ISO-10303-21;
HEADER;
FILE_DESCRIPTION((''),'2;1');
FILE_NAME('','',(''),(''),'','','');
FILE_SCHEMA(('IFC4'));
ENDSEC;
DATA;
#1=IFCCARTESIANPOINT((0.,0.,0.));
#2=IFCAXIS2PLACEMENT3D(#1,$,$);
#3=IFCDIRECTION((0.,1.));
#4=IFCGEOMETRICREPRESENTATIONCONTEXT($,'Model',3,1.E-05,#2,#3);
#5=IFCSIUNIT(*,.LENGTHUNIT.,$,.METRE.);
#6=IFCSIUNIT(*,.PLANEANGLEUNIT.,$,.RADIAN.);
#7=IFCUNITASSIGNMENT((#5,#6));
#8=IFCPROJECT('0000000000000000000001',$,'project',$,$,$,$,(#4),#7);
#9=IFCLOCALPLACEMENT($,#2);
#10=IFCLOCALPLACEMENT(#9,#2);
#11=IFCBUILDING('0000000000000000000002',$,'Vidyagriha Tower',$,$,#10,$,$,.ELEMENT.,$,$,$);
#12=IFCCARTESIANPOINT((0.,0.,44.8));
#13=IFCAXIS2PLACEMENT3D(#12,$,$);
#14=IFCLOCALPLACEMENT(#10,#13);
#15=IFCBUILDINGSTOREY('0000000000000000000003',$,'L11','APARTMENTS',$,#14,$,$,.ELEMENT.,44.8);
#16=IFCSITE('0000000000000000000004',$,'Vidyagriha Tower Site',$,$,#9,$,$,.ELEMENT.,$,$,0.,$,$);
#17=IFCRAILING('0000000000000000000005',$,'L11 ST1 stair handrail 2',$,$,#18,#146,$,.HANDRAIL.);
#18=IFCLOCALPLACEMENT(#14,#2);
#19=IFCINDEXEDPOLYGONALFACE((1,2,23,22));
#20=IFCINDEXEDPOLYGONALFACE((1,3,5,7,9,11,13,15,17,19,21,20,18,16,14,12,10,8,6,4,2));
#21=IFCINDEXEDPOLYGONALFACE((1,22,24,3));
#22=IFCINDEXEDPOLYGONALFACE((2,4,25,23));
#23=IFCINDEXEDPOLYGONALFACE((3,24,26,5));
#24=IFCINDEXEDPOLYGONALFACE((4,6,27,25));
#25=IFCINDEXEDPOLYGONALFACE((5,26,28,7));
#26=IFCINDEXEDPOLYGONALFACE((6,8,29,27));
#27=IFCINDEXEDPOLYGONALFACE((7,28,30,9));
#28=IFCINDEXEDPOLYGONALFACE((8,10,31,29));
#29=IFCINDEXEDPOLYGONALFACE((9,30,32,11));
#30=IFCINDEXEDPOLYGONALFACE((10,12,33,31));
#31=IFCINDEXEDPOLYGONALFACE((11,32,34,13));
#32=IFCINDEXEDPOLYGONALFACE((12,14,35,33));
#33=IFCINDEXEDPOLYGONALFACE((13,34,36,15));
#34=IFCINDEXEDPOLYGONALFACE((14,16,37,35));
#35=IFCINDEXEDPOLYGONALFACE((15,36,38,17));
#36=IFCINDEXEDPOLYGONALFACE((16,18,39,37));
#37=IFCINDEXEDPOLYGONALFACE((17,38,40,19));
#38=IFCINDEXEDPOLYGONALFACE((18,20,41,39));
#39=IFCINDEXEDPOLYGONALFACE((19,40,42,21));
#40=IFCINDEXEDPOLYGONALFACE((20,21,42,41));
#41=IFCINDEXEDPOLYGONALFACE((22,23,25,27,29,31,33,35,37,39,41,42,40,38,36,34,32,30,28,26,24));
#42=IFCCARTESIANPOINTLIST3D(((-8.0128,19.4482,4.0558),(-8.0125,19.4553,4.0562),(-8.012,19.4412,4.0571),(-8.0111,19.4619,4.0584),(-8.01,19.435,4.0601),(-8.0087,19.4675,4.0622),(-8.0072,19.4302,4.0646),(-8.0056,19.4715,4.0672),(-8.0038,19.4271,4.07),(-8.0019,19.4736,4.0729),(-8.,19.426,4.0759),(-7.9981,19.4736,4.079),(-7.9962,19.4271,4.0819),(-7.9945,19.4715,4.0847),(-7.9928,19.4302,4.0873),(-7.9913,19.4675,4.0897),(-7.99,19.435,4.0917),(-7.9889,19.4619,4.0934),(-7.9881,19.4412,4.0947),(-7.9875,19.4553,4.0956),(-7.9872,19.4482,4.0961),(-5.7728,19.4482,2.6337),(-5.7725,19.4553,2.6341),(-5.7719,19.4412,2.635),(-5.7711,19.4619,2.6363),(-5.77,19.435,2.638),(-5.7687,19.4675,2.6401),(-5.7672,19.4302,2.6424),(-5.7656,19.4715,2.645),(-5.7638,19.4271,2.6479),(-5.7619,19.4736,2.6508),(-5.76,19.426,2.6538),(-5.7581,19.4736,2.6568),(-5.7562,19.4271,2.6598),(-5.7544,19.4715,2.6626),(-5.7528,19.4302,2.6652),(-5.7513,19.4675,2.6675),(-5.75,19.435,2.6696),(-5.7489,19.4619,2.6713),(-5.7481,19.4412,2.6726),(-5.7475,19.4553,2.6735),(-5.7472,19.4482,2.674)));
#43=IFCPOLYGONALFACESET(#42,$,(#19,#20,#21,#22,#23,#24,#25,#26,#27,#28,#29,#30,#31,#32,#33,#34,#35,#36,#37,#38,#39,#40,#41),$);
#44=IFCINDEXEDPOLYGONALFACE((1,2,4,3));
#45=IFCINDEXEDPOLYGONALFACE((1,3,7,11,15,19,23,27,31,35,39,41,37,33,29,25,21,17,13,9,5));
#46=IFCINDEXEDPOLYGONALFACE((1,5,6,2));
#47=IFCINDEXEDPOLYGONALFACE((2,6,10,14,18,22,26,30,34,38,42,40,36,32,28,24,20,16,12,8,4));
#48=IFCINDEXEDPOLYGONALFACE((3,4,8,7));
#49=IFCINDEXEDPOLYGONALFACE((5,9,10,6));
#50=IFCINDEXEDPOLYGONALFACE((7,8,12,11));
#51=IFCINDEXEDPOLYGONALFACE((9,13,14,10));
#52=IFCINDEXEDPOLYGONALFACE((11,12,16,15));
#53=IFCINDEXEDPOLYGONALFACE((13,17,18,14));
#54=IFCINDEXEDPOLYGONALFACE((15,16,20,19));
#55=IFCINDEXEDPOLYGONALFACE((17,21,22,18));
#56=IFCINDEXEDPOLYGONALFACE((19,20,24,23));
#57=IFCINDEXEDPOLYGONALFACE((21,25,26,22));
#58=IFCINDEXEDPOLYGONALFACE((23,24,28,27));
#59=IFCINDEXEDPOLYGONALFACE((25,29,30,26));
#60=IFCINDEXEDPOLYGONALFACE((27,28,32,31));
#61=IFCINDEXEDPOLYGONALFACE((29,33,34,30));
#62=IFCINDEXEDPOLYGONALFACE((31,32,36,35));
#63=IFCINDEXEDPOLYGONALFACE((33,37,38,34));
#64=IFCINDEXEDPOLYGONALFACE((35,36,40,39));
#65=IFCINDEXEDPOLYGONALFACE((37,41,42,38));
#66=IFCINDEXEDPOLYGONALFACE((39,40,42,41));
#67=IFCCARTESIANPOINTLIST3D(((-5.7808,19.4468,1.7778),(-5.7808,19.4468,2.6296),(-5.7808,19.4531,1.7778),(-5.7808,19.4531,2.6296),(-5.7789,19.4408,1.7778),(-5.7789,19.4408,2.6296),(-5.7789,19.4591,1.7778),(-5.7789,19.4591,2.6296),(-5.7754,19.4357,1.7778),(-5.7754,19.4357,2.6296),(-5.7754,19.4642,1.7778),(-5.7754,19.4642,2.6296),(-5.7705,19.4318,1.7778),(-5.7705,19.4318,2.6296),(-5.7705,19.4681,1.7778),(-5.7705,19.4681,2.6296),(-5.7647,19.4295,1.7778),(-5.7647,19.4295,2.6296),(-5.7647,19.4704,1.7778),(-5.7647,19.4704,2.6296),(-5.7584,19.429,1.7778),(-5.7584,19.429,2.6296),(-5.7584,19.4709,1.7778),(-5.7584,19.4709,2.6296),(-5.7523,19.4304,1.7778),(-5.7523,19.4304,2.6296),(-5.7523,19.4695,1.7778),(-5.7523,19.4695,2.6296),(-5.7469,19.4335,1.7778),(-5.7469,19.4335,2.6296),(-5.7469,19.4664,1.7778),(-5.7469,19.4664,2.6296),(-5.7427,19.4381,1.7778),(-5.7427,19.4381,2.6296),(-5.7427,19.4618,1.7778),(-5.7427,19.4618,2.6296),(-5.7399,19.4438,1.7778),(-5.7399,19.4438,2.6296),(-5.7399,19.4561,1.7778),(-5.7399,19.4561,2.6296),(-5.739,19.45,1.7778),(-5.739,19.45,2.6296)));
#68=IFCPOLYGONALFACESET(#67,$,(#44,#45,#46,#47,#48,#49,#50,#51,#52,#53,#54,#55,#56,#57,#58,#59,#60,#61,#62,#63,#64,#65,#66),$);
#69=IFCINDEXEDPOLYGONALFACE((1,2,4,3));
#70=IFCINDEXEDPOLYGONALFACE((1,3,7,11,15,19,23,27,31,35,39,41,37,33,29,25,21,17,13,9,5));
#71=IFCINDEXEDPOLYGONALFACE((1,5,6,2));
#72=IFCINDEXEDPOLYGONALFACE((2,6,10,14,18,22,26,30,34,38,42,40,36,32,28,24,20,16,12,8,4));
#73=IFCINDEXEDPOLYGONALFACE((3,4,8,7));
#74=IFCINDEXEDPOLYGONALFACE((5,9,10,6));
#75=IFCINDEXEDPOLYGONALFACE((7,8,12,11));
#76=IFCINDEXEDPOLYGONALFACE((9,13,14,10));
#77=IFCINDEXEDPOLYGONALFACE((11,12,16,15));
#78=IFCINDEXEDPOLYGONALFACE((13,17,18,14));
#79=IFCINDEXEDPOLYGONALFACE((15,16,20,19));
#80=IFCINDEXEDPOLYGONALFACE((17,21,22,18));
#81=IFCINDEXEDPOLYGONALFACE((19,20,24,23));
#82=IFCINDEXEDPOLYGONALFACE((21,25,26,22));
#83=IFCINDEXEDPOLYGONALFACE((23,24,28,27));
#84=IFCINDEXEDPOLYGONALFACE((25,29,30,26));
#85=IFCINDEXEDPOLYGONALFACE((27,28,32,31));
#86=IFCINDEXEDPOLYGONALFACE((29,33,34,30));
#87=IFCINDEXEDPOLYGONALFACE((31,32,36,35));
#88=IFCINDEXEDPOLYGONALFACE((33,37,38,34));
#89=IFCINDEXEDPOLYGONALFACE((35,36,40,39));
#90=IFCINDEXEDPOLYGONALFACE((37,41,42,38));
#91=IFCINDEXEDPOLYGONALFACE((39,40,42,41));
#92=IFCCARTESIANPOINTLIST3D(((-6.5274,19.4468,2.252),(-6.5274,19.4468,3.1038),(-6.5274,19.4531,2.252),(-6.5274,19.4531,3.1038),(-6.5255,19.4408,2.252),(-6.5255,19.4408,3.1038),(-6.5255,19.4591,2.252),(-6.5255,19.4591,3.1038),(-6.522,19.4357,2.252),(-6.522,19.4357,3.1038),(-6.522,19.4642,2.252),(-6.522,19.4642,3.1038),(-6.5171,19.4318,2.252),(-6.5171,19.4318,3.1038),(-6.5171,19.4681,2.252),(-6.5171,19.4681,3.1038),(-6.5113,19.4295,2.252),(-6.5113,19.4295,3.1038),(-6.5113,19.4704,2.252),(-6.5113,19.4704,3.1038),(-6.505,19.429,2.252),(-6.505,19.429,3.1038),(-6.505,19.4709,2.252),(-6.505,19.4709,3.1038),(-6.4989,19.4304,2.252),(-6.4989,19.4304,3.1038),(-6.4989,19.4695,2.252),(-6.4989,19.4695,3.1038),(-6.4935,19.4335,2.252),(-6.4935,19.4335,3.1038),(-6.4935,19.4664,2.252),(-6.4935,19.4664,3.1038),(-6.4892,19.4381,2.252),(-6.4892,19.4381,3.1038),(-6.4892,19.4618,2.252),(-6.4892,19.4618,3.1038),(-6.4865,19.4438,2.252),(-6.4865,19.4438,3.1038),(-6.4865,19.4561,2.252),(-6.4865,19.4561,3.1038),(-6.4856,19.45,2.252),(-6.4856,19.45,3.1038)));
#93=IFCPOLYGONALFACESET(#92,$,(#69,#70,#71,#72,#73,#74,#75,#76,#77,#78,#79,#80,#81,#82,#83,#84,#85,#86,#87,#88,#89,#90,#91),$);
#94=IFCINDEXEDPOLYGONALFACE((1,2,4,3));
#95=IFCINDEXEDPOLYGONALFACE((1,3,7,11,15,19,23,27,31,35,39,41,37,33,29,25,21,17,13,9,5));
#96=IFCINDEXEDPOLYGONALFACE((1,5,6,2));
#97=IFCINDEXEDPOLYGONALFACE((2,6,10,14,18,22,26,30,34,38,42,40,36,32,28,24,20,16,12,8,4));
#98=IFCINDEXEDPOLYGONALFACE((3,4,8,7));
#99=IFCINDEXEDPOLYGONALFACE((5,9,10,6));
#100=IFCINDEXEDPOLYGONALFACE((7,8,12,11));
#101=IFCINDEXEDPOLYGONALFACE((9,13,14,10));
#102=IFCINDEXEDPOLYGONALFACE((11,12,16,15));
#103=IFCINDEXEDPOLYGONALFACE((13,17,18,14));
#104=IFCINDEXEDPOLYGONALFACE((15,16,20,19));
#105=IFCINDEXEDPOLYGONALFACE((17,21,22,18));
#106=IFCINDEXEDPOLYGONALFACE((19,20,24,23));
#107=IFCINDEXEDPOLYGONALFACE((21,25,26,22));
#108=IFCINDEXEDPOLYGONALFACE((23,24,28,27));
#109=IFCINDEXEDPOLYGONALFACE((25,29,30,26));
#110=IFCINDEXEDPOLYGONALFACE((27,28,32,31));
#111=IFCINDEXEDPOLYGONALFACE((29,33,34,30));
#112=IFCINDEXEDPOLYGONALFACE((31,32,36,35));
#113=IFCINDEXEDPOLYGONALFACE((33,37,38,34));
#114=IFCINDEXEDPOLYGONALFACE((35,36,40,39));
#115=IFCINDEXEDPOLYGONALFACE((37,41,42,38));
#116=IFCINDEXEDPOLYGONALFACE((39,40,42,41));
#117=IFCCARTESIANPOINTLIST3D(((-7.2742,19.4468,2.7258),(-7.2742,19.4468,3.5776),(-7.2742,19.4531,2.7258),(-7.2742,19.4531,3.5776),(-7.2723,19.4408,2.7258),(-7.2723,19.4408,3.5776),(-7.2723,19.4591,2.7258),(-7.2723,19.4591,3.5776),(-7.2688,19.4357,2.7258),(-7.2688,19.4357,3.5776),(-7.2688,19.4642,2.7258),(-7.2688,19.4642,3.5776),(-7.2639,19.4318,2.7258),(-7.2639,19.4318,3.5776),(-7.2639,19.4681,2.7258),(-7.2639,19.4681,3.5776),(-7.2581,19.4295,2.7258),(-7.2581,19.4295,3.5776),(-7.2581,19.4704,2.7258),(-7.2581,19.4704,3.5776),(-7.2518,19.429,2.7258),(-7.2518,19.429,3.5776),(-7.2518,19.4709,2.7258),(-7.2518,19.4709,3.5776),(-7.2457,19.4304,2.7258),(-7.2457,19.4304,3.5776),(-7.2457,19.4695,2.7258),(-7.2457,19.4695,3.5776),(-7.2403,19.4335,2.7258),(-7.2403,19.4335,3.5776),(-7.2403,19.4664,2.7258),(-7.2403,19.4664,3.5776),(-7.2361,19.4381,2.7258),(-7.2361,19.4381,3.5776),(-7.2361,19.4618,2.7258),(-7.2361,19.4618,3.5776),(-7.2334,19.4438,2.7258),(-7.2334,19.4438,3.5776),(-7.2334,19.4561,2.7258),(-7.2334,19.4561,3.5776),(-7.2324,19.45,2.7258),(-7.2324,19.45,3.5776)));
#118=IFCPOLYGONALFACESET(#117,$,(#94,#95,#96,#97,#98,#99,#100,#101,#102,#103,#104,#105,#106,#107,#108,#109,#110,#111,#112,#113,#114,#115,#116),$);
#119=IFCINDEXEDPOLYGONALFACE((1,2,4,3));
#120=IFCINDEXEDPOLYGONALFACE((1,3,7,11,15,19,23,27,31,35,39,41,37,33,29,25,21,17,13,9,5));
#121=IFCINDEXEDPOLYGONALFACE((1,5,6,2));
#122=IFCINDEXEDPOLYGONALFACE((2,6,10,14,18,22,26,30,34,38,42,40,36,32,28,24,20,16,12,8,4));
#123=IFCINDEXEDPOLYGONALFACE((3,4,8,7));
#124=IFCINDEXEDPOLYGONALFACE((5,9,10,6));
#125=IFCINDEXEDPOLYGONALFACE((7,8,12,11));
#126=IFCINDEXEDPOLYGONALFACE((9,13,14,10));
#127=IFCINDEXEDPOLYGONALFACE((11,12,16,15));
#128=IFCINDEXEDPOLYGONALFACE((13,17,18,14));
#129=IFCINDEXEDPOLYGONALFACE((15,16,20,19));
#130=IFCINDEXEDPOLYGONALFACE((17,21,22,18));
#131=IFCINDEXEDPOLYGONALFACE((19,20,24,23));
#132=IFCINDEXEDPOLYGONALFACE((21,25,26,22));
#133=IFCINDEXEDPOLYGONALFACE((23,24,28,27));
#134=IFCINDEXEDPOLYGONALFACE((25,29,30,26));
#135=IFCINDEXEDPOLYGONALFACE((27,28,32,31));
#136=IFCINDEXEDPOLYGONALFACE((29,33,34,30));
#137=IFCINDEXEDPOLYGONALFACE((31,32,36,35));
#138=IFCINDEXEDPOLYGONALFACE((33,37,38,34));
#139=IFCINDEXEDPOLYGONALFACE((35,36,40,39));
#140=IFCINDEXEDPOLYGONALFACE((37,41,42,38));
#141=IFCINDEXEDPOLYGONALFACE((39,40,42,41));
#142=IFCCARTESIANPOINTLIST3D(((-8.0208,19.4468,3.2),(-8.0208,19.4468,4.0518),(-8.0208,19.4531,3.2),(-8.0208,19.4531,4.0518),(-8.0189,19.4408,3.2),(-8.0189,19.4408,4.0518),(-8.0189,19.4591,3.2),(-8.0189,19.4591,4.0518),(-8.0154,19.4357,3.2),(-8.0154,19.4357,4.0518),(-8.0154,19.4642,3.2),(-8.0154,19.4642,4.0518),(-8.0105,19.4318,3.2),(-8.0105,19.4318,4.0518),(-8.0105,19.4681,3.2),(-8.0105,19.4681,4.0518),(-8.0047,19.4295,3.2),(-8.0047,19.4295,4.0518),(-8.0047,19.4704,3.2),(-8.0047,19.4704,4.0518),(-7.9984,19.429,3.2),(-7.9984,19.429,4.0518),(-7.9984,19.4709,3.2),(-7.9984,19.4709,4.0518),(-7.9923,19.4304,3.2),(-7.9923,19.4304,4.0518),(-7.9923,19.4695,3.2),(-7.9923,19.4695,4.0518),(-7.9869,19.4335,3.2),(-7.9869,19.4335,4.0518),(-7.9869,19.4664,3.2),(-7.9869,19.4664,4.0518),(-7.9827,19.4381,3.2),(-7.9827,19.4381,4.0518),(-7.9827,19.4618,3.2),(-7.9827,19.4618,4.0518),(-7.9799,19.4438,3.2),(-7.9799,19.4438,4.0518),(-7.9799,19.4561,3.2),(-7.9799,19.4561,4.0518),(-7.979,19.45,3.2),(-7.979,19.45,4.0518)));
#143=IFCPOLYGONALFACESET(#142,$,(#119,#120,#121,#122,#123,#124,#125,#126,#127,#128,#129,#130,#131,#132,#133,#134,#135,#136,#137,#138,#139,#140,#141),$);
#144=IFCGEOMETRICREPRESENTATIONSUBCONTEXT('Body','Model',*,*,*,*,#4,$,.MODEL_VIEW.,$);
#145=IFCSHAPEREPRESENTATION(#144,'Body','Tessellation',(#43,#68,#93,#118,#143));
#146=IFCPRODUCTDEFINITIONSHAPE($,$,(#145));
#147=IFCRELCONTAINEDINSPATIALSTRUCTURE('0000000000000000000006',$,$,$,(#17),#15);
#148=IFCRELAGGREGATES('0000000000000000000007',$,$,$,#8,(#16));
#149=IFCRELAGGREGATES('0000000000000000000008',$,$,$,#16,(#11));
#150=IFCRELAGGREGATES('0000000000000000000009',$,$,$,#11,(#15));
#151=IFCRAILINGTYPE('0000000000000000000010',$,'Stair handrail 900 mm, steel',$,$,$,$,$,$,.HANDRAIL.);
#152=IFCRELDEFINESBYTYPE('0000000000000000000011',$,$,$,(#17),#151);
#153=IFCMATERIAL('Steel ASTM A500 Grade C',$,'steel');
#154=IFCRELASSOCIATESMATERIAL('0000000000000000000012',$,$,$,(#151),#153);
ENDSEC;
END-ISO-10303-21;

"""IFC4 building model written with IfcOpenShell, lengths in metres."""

from ifc_helpers import new_model, si_unit, direction, frame, origin, origin_2d, place, context, subcontext, project, spatial, circle, extrude, material, type_object, element, save


model = new_model("IFC4")

# Units and contexts
model_context = context("Model", 3, precision=1e-05, world=origin(), true_north=direction((0.0, 1.0)))
body_context = subcontext(model_context, "Body", "Model", "MODEL_VIEW")
ifc_project = project(units=[si_unit("LENGTHUNIT", "METRE"), si_unit("PLANEANGLEUNIT", "RADIAN")], contexts=[model_context])

# Site, building, storey
site_placement = place(None, origin())
site = spatial("IfcSite", under=ifc_project, at=site_placement, Name="Vidyagriha Tower Site", CompositionType="ELEMENT", RefElevation=0.0)
building_placement = place(site_placement, origin())
building = spatial("IfcBuilding", under=site, at=building_placement, Name="Vidyagriha Tower", CompositionType="ELEMENT")
storey_placement = place(building_placement, frame((0.0, 0.0, 44.8)))
storey = spatial("IfcBuildingStorey", under=building, at=storey_placement, Name="L11", Description="APARTMENTS", CompositionType="ELEMENT", Elevation=44.8)

# Railing
ifc_material_1 = material(Name="Steel ASTM A500 Grade C", Category="steel")
railing_type_1 = type_object("IfcRailingType", Name="Stair handrail 900 mm, steel", PredefinedType="HANDRAIL", material=ifc_material_1)
railing_1_placement = place(storey_placement, frame((-5.76, 19.45, 1.7778)))
element("IfcRailing", 1, at=railing_1_placement, inside=storey, type_object=railing_type_1, Name="L11 ST1 stair handrail 2", PredefinedType="HANDRAIL", context=body_context, shape_type="SweptSolid", body=[
    extrude(circle(Radius=0.0239, at=origin_2d()), frame((0.0, 0.0, 0.876), z_axis=(-0.844229, 0.0, 0.535982), x_axis=(0.0, -1.0, 0.0)), (0.0, 0.0, 1.0), 2.6533),
    extrude(circle(Radius=0.021, at=origin_2d()), origin(), (0.0, 0.0, 1.0), 0.8518),
    extrude(circle(Radius=0.021, at=origin_2d()), frame((-0.7466, 0.0, 0.4741)), (0.0, 0.0, 1.0), 0.8518),
    extrude(circle(Radius=0.021, at=origin_2d()), frame((-1.4934, 0.0, 0.948)), (0.0, 0.0, 1.0), 0.8518),
    extrude(circle(Radius=0.021, at=origin_2d()), frame((-2.24, 0.0, 1.4221)), (0.0, 0.0, 1.0), 0.8518),
])

save(model, "model.ifc")
